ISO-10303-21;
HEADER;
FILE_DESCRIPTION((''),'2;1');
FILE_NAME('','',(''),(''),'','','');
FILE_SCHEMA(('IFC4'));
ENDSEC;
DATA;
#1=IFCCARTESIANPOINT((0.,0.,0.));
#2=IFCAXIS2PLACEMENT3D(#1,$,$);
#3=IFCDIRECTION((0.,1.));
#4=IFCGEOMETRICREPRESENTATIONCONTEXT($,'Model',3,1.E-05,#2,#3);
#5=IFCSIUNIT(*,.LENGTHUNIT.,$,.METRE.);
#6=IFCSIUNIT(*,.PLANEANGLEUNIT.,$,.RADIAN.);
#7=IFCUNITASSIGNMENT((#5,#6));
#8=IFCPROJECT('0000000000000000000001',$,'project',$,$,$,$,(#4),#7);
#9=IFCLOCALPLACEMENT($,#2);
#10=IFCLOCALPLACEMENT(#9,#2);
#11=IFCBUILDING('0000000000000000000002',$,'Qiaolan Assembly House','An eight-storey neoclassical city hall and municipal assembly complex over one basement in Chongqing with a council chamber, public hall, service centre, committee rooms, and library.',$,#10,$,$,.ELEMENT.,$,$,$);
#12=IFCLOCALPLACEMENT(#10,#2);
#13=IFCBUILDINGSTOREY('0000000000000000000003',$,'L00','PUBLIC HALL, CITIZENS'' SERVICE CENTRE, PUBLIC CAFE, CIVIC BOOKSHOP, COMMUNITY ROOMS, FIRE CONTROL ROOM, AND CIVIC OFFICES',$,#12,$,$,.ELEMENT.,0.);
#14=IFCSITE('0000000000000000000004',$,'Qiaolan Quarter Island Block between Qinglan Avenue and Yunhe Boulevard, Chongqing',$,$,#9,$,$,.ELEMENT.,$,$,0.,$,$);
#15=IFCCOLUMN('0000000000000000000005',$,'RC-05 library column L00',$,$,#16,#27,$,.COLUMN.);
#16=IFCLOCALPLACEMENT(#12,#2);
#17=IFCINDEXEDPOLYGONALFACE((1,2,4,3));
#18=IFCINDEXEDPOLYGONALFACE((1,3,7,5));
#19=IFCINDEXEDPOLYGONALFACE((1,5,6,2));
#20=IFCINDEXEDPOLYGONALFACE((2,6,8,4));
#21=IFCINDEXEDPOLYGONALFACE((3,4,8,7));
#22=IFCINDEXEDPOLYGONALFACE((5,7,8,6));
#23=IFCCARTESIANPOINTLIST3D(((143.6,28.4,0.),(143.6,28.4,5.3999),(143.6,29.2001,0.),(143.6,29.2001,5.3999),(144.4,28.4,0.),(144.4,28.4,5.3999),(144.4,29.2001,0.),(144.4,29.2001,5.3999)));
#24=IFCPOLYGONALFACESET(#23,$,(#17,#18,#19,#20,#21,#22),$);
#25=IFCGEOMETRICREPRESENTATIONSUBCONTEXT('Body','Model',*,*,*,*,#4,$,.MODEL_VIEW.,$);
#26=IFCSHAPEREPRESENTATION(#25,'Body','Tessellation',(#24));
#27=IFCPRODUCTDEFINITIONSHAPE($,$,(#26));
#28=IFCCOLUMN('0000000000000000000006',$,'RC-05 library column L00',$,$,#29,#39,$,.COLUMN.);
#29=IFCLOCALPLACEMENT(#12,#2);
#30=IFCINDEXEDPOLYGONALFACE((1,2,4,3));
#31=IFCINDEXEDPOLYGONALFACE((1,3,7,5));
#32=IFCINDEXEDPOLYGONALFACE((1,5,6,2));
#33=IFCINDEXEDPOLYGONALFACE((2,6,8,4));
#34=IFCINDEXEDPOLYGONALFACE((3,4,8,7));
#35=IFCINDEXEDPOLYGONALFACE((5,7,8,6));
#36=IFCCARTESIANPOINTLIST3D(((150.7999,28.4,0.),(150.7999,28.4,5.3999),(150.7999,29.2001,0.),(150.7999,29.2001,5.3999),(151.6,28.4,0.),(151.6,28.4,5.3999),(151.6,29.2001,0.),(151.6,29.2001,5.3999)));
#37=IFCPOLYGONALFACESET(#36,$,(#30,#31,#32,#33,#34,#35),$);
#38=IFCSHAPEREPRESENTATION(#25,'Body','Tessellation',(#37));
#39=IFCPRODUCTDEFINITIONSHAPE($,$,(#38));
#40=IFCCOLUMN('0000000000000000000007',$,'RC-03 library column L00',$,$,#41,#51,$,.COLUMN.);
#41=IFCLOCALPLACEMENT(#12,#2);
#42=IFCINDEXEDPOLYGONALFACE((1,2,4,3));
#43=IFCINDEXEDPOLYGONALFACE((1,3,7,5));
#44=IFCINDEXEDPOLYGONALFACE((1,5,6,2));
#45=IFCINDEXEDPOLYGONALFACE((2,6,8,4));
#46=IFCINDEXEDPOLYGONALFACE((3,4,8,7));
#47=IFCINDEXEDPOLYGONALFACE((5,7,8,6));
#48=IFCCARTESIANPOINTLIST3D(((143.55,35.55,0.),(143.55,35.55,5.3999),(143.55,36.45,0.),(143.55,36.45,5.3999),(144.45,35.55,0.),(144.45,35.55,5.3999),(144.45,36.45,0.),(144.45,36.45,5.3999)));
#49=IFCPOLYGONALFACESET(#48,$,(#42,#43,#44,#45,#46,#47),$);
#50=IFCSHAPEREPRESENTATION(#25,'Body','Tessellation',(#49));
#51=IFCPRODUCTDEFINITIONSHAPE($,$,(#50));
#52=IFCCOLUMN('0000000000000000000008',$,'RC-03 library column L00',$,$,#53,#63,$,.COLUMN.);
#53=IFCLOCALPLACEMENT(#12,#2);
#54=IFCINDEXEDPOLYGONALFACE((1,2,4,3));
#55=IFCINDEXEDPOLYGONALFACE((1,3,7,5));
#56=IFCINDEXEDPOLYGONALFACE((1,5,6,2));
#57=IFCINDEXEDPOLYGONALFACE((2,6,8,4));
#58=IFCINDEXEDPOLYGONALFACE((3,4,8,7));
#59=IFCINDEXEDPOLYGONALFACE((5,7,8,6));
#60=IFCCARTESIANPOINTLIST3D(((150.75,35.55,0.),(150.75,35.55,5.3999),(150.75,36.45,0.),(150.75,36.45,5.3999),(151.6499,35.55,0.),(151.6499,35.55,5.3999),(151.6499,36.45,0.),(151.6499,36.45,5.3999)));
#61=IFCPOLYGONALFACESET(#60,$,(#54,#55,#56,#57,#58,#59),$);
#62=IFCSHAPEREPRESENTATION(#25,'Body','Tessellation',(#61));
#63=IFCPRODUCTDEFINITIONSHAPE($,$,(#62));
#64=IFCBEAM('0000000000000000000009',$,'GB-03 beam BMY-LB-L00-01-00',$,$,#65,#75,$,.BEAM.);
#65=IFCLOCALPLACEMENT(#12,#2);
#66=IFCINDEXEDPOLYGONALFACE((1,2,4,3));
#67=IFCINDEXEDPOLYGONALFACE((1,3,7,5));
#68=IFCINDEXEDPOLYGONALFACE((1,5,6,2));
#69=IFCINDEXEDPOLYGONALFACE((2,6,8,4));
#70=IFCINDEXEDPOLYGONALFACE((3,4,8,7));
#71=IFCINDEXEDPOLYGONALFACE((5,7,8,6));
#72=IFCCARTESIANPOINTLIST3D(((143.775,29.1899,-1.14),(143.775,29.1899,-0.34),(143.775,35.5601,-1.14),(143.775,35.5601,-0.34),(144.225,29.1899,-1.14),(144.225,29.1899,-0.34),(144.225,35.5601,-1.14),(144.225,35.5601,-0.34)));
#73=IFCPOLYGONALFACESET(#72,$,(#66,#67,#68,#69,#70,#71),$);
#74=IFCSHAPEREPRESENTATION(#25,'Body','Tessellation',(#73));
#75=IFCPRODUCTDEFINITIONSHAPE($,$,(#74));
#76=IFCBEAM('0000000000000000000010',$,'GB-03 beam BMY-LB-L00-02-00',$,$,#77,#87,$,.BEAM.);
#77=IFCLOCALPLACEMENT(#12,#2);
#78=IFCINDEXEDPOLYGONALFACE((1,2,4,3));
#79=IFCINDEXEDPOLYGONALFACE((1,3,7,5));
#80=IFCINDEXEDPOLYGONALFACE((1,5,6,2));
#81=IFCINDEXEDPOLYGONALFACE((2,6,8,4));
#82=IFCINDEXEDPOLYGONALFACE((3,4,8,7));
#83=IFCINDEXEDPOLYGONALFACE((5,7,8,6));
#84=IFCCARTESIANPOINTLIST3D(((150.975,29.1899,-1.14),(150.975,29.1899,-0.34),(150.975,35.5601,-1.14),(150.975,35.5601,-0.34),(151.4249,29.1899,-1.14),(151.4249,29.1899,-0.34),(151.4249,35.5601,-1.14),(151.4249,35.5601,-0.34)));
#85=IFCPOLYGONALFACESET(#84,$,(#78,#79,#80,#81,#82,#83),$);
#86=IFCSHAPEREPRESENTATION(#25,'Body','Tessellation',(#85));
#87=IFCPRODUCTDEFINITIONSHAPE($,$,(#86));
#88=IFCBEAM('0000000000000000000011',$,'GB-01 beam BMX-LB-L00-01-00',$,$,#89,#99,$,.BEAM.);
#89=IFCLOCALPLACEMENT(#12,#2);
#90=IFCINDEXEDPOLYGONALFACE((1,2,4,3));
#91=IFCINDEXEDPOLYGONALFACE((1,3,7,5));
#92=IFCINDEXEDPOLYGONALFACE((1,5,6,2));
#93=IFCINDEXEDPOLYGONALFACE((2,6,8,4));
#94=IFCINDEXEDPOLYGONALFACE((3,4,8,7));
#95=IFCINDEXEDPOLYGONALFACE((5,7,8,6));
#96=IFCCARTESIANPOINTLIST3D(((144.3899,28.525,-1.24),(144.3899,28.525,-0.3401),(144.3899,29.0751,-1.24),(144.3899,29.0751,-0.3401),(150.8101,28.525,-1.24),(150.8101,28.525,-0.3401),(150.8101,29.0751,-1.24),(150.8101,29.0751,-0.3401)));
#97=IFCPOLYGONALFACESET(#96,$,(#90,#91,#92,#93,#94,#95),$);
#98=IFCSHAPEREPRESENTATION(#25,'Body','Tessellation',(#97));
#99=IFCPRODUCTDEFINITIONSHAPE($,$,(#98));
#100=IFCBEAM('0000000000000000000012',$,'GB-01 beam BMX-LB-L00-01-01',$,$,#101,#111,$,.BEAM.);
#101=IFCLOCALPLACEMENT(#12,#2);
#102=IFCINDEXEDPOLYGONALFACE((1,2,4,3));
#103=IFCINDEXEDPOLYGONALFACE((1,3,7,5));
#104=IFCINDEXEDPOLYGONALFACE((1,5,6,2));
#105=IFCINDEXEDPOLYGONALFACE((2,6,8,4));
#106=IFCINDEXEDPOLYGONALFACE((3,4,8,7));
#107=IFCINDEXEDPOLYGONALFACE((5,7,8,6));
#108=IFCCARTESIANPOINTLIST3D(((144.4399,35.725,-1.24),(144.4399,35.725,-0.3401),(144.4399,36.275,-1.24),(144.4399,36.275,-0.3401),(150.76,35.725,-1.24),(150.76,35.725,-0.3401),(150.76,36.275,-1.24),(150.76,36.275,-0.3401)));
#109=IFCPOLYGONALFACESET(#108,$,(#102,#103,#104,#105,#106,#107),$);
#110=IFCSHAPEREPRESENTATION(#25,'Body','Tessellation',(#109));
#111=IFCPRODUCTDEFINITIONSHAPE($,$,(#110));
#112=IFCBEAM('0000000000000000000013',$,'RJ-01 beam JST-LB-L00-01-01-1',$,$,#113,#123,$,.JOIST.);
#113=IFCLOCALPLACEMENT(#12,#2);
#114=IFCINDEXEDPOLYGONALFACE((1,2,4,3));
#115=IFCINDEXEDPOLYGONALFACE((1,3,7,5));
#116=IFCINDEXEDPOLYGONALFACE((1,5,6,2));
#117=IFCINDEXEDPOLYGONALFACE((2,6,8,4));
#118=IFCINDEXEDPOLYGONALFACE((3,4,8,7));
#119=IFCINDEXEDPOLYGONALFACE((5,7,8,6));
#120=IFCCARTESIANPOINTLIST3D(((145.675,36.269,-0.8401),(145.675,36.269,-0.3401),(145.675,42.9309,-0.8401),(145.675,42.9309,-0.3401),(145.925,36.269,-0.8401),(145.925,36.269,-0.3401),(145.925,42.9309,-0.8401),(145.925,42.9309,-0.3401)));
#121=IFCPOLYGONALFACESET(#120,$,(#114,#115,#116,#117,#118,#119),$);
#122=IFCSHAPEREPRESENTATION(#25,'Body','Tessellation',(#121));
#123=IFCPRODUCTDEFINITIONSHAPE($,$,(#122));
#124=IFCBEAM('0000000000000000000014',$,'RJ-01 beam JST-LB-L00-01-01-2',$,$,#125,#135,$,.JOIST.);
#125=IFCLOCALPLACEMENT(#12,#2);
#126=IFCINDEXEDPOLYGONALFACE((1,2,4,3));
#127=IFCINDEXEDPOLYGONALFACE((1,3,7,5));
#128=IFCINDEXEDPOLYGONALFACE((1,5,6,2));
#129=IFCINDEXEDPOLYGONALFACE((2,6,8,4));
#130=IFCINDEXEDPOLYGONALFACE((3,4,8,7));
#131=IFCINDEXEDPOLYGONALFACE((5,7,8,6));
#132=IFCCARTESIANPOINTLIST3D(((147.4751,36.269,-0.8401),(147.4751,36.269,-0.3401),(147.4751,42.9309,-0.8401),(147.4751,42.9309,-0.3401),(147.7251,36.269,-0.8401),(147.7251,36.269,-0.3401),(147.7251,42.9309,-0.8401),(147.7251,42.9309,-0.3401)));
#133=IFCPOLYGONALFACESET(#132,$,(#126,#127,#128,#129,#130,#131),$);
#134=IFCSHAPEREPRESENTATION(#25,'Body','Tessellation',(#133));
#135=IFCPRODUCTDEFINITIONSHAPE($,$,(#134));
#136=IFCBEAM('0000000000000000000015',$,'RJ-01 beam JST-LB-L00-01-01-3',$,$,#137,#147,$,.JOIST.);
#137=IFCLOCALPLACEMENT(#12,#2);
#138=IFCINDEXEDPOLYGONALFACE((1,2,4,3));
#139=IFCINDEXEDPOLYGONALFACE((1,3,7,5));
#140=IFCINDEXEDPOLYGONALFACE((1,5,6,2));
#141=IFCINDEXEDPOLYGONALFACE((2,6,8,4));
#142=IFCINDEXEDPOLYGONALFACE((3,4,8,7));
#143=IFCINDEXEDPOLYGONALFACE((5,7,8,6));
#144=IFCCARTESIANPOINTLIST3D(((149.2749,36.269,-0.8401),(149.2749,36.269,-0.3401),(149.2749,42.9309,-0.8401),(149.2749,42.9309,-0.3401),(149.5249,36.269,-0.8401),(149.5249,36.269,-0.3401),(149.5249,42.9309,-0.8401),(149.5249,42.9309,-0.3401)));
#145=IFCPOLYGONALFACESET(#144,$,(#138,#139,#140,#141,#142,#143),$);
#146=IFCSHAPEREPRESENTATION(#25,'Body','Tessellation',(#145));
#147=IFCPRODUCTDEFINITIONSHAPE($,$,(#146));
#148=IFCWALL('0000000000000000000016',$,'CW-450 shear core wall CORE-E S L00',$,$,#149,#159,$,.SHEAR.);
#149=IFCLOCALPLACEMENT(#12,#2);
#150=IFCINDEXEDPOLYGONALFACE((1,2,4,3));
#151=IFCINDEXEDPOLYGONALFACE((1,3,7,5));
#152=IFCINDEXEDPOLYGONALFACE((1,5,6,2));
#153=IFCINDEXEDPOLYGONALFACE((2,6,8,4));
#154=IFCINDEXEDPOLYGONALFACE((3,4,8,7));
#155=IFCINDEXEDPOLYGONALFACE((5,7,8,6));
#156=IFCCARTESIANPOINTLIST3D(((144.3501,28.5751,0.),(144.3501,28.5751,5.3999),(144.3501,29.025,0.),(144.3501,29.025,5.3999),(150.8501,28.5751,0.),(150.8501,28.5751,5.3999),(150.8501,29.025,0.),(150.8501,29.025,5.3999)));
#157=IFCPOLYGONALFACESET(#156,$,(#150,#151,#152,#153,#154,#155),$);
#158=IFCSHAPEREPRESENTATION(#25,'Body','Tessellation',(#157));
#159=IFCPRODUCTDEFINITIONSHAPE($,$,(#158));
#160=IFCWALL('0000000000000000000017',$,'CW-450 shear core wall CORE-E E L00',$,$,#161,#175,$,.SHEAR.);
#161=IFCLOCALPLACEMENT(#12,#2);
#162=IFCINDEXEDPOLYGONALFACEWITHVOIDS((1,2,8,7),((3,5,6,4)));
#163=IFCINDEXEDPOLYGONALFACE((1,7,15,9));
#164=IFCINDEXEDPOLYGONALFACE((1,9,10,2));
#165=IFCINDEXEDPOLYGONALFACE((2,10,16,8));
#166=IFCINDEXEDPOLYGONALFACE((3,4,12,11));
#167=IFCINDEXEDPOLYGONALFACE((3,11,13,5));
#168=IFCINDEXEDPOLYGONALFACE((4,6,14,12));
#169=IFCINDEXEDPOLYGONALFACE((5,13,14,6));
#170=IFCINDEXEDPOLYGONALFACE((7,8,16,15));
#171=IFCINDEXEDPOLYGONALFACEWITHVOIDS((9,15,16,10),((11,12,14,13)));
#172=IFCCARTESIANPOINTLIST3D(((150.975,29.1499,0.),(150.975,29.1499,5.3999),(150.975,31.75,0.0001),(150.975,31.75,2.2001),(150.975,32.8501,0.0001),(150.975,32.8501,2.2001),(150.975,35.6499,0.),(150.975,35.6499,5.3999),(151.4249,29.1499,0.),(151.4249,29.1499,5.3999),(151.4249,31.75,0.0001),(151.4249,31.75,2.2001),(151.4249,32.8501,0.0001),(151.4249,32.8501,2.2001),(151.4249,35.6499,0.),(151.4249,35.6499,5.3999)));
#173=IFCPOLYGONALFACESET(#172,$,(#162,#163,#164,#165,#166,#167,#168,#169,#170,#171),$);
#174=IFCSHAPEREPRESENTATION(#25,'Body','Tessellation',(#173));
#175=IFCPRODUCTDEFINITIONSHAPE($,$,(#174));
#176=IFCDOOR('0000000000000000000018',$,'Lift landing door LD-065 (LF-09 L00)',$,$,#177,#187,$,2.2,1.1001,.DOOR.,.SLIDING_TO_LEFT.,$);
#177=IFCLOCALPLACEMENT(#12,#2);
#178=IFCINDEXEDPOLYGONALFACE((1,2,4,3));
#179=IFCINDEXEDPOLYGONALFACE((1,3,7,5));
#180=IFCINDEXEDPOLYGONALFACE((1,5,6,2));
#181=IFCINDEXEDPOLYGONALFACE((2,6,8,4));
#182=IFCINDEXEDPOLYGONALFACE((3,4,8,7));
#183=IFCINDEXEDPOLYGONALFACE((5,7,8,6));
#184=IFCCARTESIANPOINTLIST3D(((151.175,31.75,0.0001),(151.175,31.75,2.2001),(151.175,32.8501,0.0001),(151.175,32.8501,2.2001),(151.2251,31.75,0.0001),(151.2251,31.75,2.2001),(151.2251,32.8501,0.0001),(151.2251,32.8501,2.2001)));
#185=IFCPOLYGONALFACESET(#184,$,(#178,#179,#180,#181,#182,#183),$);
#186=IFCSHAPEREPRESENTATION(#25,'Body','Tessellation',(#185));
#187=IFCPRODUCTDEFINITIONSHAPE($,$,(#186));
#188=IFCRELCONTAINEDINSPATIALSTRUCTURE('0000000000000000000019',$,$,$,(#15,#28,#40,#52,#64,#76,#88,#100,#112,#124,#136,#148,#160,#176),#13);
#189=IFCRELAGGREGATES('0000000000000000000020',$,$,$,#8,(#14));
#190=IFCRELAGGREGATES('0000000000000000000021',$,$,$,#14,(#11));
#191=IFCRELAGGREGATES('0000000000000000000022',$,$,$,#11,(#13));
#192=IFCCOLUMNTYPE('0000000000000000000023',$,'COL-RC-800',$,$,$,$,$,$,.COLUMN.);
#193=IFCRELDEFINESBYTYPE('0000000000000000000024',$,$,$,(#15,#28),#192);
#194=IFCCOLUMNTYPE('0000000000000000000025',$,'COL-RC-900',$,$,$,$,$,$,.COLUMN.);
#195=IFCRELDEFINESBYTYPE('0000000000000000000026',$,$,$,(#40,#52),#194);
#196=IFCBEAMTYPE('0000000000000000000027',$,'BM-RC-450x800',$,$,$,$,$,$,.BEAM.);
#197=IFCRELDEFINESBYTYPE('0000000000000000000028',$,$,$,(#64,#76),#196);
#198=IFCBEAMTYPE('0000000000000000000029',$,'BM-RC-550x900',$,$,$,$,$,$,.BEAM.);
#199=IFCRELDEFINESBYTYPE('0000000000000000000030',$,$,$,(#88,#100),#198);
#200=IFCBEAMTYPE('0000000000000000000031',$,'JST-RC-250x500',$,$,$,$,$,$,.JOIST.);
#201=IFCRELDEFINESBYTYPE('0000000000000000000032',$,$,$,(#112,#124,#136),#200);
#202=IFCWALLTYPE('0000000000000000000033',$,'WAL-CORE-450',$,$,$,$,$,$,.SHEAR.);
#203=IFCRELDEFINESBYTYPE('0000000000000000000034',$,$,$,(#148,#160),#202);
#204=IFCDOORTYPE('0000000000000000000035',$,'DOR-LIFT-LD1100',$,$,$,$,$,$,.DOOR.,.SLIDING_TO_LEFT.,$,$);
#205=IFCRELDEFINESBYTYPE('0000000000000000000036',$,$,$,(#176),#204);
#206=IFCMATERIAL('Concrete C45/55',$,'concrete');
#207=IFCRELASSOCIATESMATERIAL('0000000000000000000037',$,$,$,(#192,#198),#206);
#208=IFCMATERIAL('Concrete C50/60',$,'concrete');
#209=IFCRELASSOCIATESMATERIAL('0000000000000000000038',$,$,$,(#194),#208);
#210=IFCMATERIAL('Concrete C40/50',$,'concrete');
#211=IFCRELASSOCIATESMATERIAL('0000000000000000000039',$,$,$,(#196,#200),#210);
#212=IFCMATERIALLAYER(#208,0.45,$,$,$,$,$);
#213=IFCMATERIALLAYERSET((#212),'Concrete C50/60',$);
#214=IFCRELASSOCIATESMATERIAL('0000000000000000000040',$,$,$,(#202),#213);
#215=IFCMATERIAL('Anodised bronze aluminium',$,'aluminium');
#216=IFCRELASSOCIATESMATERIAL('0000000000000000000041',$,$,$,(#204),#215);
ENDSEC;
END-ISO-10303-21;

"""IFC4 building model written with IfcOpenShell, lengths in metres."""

from ifc_helpers import new_model, si_unit, direction, frame, frame_2d, origin, origin_2d, place, context, subcontext, project, spatial, rectangle, extrude, material, layer, layer_set, material_profile, profile_set, type_object, element, fill, save


model = new_model("IFC4")

# Units and contexts
model_context = context("Model", 3, precision=1e-05, world=origin(), true_north=direction((0.0, 1.0)))
body_context = subcontext(model_context, "Body", "Model", "MODEL_VIEW")
ifc_project = project(units=[si_unit("LENGTHUNIT", "METRE"), si_unit("PLANEANGLEUNIT", "RADIAN")], contexts=[model_context])

# Site, building, storey
site_placement = place(None, origin())
site = spatial("IfcSite", under=ifc_project, at=site_placement, Name="Qiaolan Quarter Island Block between Qinglan Avenue and Yunhe Boulevard, Chongqing", CompositionType="ELEMENT", RefElevation=0.0)
building_placement = place(site_placement, origin())
building = spatial("IfcBuilding", under=site, at=building_placement, Name="Qiaolan Assembly House", Description="An eight-storey neoclassical city hall and municipal assembly complex over one basement in Chongqing with a council chamber, public hall, service centre, committee rooms, and library.", CompositionType="ELEMENT")
storey_placement = place(building_placement, origin())
storey = spatial("IfcBuildingStorey", under=building, at=storey_placement, Name="L00", Description="PUBLIC HALL, CITIZENS' SERVICE CENTRE, PUBLIC CAFE, CIVIC BOOKSHOP, COMMUNITY ROOMS, FIRE CONTROL ROOM, AND CIVIC OFFICES", CompositionType="ELEMENT", Elevation=0.0)

# Columns
ifc_material_1 = material(Name="Concrete C45/55", Category="concrete")
ifc_material_profile_1 = material_profile(ifc_material_1, rectangle(XDim=0.8, YDim=0.8, at=origin_2d()), Name="RC 800x800")
ifc_profile_set_1 = profile_set([ifc_material_profile_1], Name="Concrete C45/55")
column_type_1 = type_object("IfcColumnType", Name="COL-RC-800", PredefinedType="COLUMN", material=ifc_profile_set_1)
for number, where, z_axis, x_axis, name in (
    (1, (144.0, 28.8, 0.0), (0.0, 0.0, 1.0), (1.0, 0.0, 0.0), "RC-05 library column L00"),
    (2, (151.2, 28.8, 0.0), (0.0, 0.0, 1.0), (1.0, 0.0, 0.0), "RC-05 library column L00"),
):
    element("IfcColumn", number, at=place(storey_placement, frame(where, z_axis=z_axis, x_axis=x_axis)), inside=storey, type_object=column_type_1, Name=name, PredefinedType="COLUMN", context=body_context, shape_type="SweptSolid", body=[
        extrude(rectangle(XDim=0.8, YDim=0.8, at=origin_2d()), origin(), (0.0, 0.0, 1.0), 5.3999),
    ])
ifc_material_2 = material(Name="Concrete C50/60", Category="concrete")
ifc_material_profile_2 = material_profile(ifc_material_2, rectangle(XDim=0.8999, YDim=0.8999, at=origin_2d()), Name="RC 900x900")
ifc_profile_set_2 = profile_set([ifc_material_profile_2], Name="Concrete C50/60")
column_type_2 = type_object("IfcColumnType", Name="COL-RC-900", PredefinedType="COLUMN", material=ifc_profile_set_2)
for number, where, z_axis, x_axis, name in (
    (3, (144.0, 36.0, 0.0), (0.0, 0.0, 1.0), (1.0, 0.0, 0.0), "RC-03 library column L00"),
    (4, (151.2, 36.0, 0.0), (0.0, 0.0, 1.0), (1.0, 0.0, 0.0), "RC-03 library column L00"),
):
    element("IfcColumn", number, at=place(storey_placement, frame(where, z_axis=z_axis, x_axis=x_axis)), inside=storey, type_object=column_type_2, Name=name, PredefinedType="COLUMN", context=body_context, shape_type="SweptSolid", body=[
        extrude(rectangle(XDim=0.8999, YDim=0.8999, at=origin_2d()), origin(), (0.0, 0.0, 1.0), 5.3999),
    ])

# Beams
ifc_material_3 = material(Name="Concrete C40/50", Category="concrete")
ifc_material_profile_3 = material_profile(ifc_material_3, rectangle(XDim=0.45, YDim=0.8, at=origin_2d()), Name="RCB 450x800")
ifc_profile_set_3 = profile_set([ifc_material_profile_3], Name="Concrete C40/50")
beam_type_1 = type_object("IfcBeamType", Name="BM-RC-450x800", PredefinedType="BEAM", material=ifc_profile_set_3)
for number, where, z_axis, x_axis, name in (
    (5, (144.0, 29.1899, -0.74), (0.0, 1.0, 0.0), (-1.0, 0.0, 0.0), "GB-03 beam BMY-LB-L00-01-00"),
    (6, (151.2, 29.1899, -0.74), (0.0, 1.0, 0.0), (-1.0, 0.0, 0.0), "GB-03 beam BMY-LB-L00-02-00"),
):
    element("IfcBeam", number, at=place(storey_placement, frame(where, z_axis=z_axis, x_axis=x_axis)), inside=storey, type_object=beam_type_1, Name=name, PredefinedType="BEAM", context=body_context, shape_type="SweptSolid", body=[
        extrude(rectangle(XDim=0.45, YDim=0.8, at=origin_2d()), origin(), (0.0, 0.0, 1.0), 6.3701),
    ])
ifc_material_profile_4 = material_profile(ifc_material_1, rectangle(XDim=0.55, YDim=0.8999, at=origin_2d()), Name="RCB 550x900")
ifc_profile_set_4 = profile_set([ifc_material_profile_4], Name="Concrete C45/55")
beam_type_2 = type_object("IfcBeamType", Name="BM-RC-550x900", PredefinedType="BEAM", material=ifc_profile_set_4)
beam_1_placement = place(storey_placement, frame((144.3899, 28.8, -0.79), z_axis=(1.0, 0.0, 0.0), x_axis=(0.0, 1.0, 0.0)))
element("IfcBeam", 7, at=beam_1_placement, inside=storey, type_object=beam_type_2, Name="GB-01 beam BMX-LB-L00-01-00", PredefinedType="BEAM", context=body_context, shape_type="SweptSolid", body=[
    extrude(rectangle(XDim=0.55, YDim=0.8999, at=origin_2d()), origin(), (0.0, 0.0, 1.0), 6.4202),
])
beam_2_placement = place(storey_placement, frame((144.4399, 36.0, -0.79), z_axis=(1.0, 0.0, 0.0), x_axis=(0.0, 1.0, 0.0)))
element("IfcBeam", 8, at=beam_2_placement, inside=storey, type_object=beam_type_2, Name="GB-01 beam BMX-LB-L00-01-01", PredefinedType="BEAM", context=body_context, shape_type="SweptSolid", body=[
    extrude(rectangle(XDim=0.55, YDim=0.8999, at=origin_2d()), origin(), (0.0, 0.0, 1.0), 6.3201),
])
ifc_material_profile_5 = material_profile(ifc_material_3, rectangle(XDim=0.25, YDim=0.5, at=origin_2d()), Name="RCB 250x500")
ifc_profile_set_5 = profile_set([ifc_material_profile_5], Name="Concrete C40/50")
beam_type_3 = type_object("IfcBeamType", Name="JST-RC-250x500", PredefinedType="JOIST", material=ifc_profile_set_5)
for number, where, z_axis, x_axis, name in (
    (9, (145.8, 36.269, -0.5901), (0.0, 1.0, 0.0), (-1.0, 0.0, 0.0), "RJ-01 beam JST-LB-L00-01-01-1"),
    (10, (147.6001, 36.269, -0.5901), (0.0, 1.0, 0.0), (-1.0, 0.0, 0.0), "RJ-01 beam JST-LB-L00-01-01-2"),
    (11, (149.3999, 36.269, -0.5901), (0.0, 1.0, 0.0), (-1.0, 0.0, 0.0), "RJ-01 beam JST-LB-L00-01-01-3"),
):
    element("IfcBeam", number, at=place(storey_placement, frame(where, z_axis=z_axis, x_axis=x_axis)), inside=storey, type_object=beam_type_3, Name=name, PredefinedType="JOIST", context=body_context, shape_type="SweptSolid", body=[
        extrude(rectangle(XDim=0.25, YDim=0.5, at=origin_2d()), origin(), (0.0, 0.0, 1.0), 6.6619),
    ])

# Wall
ifc_layer_1 = layer(ifc_material_2, 0.45)
ifc_layer_set_1 = layer_set([ifc_layer_1], Name="Concrete C50/60")
wall_type_1 = type_object("IfcWallType", Name="WAL-CORE-450", PredefinedType="SHEAR", material=ifc_layer_set_1)
wall_1_placement = place(storey_placement, frame((144.3501, 28.8, 0.0), z_axis=(0.0, 0.0, 1.0), x_axis=(1.0, 0.0, 0.0)))
element("IfcWall", 12, at=wall_1_placement, inside=storey, type_object=wall_type_1, Name="CW-450 shear core wall CORE-E S L00", PredefinedType="SHEAR", context=body_context, shape_type="SweptSolid", body=[
    extrude(rectangle(XDim=6.5, YDim=0.45, at=frame_2d((3.25, 0.0))), origin(), (0.0, 0.0, 1.0), 5.3999),
])

# Wall, opening, door
wall_2_placement = place(storey_placement, frame((151.2, 29.1499, 0.0), z_axis=(0.0, 0.0, 1.0), x_axis=(0.0, 1.0, 0.0)))
wall_2 = element("IfcWall", 13, at=wall_2_placement, inside=storey, type_object=wall_type_1, Name="CW-450 shear core wall CORE-E E L00", PredefinedType="SHEAR", context=body_context, shape_type="SweptSolid", body=[
    extrude(rectangle(XDim=6.5, YDim=0.45, at=frame_2d((3.25, 0.0))), origin(), (0.0, 0.0, 1.0), 5.3999),
])
opening_1_placement = place(wall_2_placement, frame((2.6001, 0.0, 0.0)))
opening_1 = element("IfcOpeningElement", 14, at=opening_1_placement, cuts=wall_2, PredefinedType="OPENING", context=body_context, shape_type="SweptSolid", body=[
    extrude(rectangle(XDim=1.1001, YDim=2.2, at=frame_2d((0.55, 1.1001))), frame((0.0, 0.2349, 0.0), z_axis=(0.0, -1.0, 0.0), x_axis=(1.0, 0.0, 0.0)), (0.0, 0.0, 1.0), 0.47),
])
ifc_material_4 = material(Name="Anodised bronze aluminium", Category="aluminium")
door_type_1 = type_object("IfcDoorType", Name="DOR-LIFT-LD1100", OperationType="SLIDING_TO_LEFT", PredefinedType="DOOR", material=ifc_material_4)
door_1_placement = place(opening_1_placement, origin())
door_1 = element("IfcDoor", 15, at=door_1_placement, inside=storey, type_object=door_type_1, Name="Lift landing door LD-065 (LF-09 L00)", OperationType="SLIDING_TO_LEFT", OverallHeight=2.2, OverallWidth=1.1001, PredefinedType="DOOR", context=body_context, shape_type="SweptSolid", body=[
    extrude(rectangle(XDim=1.1001, YDim=2.2, at=frame_2d((0.55, 1.1001))), frame((0.0, 0.0249, 0.0), z_axis=(0.0, -1.0, 0.0), x_axis=(1.0, 0.0, 0.0)), (0.0, 0.0, 1.0), 0.05),
])
fill(opening_1, door_1)

save(model, "model.ifc")
